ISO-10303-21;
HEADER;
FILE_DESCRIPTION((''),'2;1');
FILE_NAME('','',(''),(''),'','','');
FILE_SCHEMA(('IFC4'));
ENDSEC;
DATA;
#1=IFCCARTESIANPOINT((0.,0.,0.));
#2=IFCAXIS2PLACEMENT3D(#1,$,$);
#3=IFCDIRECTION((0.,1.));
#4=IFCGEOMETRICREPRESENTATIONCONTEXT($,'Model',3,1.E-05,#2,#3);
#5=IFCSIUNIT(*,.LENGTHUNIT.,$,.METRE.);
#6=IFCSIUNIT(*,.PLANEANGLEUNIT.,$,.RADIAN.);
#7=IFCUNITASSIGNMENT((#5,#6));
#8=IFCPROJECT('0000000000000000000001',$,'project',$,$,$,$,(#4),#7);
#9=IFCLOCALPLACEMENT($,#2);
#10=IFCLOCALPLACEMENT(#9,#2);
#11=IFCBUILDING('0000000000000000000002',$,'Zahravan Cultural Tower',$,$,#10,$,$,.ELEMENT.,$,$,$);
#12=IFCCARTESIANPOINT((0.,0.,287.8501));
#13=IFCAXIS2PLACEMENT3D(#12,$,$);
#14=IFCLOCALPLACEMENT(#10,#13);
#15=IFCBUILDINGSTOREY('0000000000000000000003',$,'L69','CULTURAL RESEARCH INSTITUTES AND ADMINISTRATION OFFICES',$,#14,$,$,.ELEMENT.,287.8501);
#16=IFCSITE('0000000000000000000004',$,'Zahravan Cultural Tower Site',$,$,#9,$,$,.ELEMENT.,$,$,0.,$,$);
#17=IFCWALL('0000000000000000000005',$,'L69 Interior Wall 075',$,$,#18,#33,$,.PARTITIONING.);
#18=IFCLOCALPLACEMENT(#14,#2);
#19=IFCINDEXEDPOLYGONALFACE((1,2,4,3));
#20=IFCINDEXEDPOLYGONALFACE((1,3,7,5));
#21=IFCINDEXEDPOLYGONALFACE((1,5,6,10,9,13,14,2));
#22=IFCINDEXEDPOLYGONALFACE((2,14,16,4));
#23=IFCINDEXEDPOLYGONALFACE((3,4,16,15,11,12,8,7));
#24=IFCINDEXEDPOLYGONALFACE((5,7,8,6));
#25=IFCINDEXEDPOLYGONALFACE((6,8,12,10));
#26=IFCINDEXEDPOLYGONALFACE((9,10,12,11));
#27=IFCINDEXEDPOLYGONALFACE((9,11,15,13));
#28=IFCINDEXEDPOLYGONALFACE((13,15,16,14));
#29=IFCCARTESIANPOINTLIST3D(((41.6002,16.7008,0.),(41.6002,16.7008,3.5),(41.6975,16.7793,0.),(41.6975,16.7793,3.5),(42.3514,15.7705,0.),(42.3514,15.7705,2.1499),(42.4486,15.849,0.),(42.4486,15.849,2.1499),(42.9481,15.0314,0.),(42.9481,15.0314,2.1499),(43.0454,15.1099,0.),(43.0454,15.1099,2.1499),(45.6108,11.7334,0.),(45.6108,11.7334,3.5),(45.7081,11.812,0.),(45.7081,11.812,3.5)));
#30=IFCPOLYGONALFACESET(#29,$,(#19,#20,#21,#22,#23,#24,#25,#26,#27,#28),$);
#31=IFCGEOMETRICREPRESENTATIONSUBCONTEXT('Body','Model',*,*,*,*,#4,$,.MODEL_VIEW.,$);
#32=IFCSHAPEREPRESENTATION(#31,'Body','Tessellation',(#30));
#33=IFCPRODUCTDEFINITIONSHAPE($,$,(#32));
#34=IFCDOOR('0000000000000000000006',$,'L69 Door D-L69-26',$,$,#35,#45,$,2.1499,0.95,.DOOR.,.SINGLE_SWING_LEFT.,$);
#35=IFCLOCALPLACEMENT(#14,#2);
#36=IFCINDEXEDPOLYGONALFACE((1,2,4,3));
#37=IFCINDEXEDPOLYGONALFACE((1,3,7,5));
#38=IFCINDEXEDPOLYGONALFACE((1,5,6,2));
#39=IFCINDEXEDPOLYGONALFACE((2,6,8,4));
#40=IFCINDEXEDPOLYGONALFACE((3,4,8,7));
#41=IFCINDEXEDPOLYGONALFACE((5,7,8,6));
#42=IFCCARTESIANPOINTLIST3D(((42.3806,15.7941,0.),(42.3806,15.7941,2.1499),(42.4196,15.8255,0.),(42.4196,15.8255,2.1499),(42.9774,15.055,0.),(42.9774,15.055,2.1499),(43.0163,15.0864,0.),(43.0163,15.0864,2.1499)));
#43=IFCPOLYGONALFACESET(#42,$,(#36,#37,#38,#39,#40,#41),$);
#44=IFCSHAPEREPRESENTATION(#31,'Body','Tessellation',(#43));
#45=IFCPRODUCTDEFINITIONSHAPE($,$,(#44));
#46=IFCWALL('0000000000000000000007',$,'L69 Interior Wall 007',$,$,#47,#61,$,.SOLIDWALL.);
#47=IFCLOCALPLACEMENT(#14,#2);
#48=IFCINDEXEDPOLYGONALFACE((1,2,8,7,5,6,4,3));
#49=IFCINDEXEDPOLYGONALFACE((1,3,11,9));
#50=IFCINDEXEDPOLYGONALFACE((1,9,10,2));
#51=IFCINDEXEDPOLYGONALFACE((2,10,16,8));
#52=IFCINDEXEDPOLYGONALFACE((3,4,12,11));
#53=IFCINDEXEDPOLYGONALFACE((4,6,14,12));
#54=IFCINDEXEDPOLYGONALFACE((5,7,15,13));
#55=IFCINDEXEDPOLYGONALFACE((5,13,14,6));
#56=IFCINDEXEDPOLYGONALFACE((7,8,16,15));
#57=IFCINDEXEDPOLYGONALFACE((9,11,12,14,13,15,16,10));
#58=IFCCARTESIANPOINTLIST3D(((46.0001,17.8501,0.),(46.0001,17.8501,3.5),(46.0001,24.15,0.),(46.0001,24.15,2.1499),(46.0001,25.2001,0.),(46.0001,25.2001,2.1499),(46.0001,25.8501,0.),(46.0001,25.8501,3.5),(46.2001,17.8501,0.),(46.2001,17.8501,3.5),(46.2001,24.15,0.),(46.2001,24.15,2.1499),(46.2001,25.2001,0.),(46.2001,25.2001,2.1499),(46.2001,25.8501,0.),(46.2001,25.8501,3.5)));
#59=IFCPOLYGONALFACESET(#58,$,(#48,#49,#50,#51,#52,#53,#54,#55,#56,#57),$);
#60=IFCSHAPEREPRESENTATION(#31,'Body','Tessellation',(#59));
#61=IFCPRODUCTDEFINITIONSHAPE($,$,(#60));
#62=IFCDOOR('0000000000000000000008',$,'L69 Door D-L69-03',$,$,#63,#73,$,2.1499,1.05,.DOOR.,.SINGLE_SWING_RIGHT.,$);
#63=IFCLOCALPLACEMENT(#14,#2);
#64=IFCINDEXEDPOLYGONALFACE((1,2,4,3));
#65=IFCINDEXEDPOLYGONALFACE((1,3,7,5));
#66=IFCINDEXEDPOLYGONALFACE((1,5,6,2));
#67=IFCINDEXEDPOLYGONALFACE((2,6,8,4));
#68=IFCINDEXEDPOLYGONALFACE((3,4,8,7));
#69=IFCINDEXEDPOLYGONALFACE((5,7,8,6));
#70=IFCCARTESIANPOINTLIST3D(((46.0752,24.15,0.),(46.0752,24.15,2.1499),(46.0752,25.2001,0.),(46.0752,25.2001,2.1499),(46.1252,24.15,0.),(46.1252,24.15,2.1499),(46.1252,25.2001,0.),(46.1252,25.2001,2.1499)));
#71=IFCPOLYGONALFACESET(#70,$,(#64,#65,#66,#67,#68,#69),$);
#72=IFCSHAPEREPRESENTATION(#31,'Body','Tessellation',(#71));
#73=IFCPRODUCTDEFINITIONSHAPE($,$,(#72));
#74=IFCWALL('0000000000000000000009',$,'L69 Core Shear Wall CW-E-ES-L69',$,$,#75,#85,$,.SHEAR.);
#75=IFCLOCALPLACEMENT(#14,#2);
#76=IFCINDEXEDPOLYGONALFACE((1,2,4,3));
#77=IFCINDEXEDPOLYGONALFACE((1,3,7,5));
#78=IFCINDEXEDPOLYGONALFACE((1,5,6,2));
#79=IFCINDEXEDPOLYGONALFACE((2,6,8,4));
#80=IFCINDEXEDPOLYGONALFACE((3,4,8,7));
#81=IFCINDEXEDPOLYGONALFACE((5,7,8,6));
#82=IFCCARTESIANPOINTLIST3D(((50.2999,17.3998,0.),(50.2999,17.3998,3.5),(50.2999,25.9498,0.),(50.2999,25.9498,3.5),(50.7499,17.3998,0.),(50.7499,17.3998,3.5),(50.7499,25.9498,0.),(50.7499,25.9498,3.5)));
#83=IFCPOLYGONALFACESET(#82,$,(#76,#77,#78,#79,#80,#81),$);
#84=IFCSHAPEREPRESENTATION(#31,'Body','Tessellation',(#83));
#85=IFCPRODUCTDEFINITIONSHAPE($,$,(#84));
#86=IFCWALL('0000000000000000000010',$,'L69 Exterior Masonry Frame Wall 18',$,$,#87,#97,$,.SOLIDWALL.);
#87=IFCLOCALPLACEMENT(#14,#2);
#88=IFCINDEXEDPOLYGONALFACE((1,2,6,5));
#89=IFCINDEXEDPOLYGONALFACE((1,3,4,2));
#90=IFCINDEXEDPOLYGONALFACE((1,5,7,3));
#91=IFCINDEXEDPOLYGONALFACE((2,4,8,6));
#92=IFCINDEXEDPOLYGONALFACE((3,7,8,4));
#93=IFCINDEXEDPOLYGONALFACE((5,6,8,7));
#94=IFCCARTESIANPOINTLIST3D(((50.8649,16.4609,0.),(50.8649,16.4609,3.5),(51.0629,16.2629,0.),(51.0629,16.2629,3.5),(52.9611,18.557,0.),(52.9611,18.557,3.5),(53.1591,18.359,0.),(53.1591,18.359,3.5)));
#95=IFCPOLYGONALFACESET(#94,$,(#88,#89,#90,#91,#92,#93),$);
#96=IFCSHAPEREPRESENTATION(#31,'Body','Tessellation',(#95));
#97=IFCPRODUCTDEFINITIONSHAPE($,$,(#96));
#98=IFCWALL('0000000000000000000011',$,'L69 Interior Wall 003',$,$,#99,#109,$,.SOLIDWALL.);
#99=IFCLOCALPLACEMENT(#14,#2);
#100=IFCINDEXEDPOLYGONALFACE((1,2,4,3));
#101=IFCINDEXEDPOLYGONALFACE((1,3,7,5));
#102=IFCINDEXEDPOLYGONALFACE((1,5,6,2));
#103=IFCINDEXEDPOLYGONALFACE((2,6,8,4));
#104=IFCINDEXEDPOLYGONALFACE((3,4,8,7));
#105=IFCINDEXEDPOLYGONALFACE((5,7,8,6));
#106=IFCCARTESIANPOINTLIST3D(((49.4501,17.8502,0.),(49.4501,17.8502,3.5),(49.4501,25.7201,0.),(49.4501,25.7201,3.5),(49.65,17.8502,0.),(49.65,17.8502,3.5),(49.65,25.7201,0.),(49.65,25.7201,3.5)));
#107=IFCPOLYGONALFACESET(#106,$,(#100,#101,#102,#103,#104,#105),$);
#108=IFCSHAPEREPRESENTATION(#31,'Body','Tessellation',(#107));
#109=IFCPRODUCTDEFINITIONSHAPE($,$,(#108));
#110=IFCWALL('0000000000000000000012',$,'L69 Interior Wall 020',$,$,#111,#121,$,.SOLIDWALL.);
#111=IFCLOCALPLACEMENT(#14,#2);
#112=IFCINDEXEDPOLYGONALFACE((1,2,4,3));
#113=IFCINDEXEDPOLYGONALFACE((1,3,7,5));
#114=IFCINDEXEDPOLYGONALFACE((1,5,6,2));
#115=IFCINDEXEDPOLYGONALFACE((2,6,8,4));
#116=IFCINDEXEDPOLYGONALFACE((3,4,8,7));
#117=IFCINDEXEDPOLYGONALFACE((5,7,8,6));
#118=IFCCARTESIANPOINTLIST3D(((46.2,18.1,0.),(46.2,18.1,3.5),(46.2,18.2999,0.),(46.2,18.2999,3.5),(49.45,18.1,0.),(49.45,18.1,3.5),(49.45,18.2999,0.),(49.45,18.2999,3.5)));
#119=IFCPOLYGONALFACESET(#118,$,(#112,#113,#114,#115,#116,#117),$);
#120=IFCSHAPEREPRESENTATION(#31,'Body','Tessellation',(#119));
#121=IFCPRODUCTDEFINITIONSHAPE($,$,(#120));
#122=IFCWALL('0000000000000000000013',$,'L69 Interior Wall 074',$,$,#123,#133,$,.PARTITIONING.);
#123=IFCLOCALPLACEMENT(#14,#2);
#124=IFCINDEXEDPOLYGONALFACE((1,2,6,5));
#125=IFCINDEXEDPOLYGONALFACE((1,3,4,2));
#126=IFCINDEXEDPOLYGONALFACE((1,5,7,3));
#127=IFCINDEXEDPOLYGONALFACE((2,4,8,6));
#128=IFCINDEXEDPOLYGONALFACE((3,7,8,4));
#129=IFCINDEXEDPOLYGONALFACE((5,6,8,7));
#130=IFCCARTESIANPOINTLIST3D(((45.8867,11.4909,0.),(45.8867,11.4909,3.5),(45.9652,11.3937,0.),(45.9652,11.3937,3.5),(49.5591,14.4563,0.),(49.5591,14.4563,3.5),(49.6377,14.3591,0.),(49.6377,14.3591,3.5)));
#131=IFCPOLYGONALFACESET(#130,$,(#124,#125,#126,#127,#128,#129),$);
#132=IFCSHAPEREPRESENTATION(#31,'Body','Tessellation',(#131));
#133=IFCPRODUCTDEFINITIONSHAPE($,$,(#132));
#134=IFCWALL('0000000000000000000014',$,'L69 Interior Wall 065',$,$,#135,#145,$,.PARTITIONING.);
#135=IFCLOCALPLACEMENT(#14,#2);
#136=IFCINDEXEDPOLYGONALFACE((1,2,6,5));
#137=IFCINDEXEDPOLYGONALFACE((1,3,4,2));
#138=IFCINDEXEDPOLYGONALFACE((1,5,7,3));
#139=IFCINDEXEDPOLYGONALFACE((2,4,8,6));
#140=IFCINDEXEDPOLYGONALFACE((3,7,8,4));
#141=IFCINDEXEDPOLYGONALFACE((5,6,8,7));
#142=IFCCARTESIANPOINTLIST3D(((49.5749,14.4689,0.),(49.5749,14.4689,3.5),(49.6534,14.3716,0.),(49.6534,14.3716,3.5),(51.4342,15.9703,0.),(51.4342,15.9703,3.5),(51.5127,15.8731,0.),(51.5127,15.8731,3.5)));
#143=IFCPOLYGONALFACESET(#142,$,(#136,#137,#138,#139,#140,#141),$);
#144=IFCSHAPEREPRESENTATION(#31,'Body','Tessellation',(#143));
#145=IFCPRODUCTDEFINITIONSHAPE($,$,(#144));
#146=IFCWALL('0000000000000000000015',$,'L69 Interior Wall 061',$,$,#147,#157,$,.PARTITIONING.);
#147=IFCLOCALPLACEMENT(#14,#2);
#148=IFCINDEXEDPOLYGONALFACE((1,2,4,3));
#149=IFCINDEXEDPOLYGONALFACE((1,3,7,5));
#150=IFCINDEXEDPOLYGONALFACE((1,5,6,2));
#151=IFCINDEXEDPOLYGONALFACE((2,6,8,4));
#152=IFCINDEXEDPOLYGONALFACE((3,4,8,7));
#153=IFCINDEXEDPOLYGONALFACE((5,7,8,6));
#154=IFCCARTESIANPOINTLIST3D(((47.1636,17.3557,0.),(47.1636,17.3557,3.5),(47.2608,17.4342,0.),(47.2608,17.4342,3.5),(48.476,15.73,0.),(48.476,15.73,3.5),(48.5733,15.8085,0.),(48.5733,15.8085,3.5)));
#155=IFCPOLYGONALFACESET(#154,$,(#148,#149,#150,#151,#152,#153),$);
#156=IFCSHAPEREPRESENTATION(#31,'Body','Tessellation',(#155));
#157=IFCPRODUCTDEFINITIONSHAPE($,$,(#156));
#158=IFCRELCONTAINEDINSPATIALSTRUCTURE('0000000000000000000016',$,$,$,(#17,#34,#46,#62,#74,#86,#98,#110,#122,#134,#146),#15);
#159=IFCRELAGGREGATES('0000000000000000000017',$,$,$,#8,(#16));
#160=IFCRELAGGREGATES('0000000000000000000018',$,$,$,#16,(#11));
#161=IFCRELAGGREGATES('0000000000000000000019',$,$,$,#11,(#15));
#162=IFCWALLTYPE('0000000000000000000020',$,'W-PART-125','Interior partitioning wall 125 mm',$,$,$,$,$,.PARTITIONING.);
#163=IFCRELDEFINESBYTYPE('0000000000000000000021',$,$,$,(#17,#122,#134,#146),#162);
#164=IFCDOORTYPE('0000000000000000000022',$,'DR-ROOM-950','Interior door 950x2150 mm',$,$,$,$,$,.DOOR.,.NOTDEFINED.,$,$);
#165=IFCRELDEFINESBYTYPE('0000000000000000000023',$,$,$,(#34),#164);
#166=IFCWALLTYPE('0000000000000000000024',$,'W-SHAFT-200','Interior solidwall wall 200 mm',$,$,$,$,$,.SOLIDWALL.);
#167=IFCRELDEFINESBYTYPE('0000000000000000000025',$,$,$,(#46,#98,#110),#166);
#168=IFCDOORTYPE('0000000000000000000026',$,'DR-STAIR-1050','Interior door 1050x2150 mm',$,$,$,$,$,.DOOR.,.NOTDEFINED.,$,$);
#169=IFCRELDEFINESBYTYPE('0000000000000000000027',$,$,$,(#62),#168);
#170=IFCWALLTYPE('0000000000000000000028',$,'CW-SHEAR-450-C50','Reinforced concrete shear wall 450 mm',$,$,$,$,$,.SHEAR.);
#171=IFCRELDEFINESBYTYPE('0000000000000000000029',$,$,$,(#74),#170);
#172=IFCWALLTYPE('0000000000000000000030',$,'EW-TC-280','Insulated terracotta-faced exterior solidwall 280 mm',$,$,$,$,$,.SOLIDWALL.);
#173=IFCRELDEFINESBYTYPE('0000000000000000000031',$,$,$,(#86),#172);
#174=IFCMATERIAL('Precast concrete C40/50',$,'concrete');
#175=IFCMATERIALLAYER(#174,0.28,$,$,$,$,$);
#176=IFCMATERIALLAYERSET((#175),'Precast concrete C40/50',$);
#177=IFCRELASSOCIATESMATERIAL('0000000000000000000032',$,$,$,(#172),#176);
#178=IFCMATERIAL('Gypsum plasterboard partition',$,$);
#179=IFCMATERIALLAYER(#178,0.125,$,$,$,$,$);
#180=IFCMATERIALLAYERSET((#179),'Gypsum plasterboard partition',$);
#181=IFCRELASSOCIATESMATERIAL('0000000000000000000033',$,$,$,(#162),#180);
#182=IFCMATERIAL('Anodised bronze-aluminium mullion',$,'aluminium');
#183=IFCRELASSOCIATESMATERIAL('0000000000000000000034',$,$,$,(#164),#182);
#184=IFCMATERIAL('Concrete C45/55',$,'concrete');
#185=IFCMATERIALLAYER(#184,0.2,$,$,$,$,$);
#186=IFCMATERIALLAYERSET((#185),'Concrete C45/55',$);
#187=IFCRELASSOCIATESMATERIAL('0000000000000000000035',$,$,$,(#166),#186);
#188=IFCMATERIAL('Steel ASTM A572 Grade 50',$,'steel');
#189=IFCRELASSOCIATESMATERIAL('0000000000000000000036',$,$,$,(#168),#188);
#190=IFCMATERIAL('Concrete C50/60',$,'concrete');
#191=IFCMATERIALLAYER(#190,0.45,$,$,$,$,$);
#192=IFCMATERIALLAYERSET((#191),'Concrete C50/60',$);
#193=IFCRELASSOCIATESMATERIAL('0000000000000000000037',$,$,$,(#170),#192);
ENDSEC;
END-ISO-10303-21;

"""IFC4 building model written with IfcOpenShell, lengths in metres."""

from ifc_helpers import new_model, si_unit, direction, frame, frame_2d, origin, place, context, subcontext, project, spatial, rectangle, extrude, source, transform, mapped, material, layer, layer_set, type_object, element, fill, save


model = new_model("IFC4")

# Units and contexts
model_context = context("Model", 3, precision=1e-05, world=origin(), true_north=direction((0.0, 1.0)))
body_context = subcontext(model_context, "Body", "Model", "MODEL_VIEW")
ifc_project = project(units=[si_unit("LENGTHUNIT", "METRE"), si_unit("PLANEANGLEUNIT", "RADIAN")], contexts=[model_context])

# Site, building, storey
site_placement = place(None, origin())
site = spatial("IfcSite", under=ifc_project, at=site_placement, Name="Zahravan Cultural Tower Site", CompositionType="ELEMENT", RefElevation=0.0)
building_placement = place(site_placement, origin())
building = spatial("IfcBuilding", under=site, at=building_placement, Name="Zahravan Cultural Tower", CompositionType="ELEMENT")
storey_placement = place(building_placement, frame((0.0, 0.0, 287.8501)))
storey = spatial("IfcBuildingStorey", under=building, at=storey_placement, Name="L69", Description="CULTURAL RESEARCH INSTITUTES AND ADMINISTRATION OFFICES", CompositionType="ELEMENT", Elevation=287.8501)

# Shared definitions
ifc_material_1 = material(Name="Concrete C50/60", Category="concrete")

# Shared definitions
ifc_material_2 = material(Name="Precast concrete C40/50", Category="concrete")
ifc_layer_1 = layer(ifc_material_2, 0.28)
ifc_layer_set_1 = layer_set([ifc_layer_1], Name="Precast concrete C40/50")
wall_type_1 = type_object("IfcWallType", Name="EW-TC-280", Description="Insulated terracotta-faced exterior solidwall 280 mm", PredefinedType="SOLIDWALL", material=ifc_layer_set_1)

# Walls, openings, doors
ifc_material_3 = material(Name="Gypsum plasterboard partition")
ifc_layer_2 = layer(ifc_material_3, 0.125)
ifc_layer_set_2 = layer_set([ifc_layer_2], Name="Gypsum plasterboard partition")
wall_type_2 = type_object("IfcWallType", Name="W-PART-125", Description="Interior partitioning wall 125 mm", PredefinedType="PARTITIONING", material=ifc_layer_set_2)
wall_1_placement = place(storey_placement, frame((45.6594, 11.7727, 0.0), z_axis=(0.0, 0.0, 1.0), x_axis=(-0.628191, 0.778059, 0.0)))
wall_1 = element("IfcWall", 1, at=wall_1_placement, inside=storey, type_object=wall_type_2, Name="L69 Interior Wall 075", PredefinedType="PARTITIONING", context=body_context, shape_type="SweptSolid", body=[
    extrude(rectangle(XDim=6.3843, YDim=0.125, at=frame_2d((3.1921, 0.0))), origin(), (0.0, 0.0, 1.0), 3.5),
])
opening_1_placement = place(wall_1_placement, frame((4.2385, 0.0, 0.0)))
opening_1 = element("IfcOpeningElement", 2, at=opening_1_placement, cuts=wall_1, PredefinedType="OPENING", context=body_context, shape_type="SweptSolid", body=[
    extrude(rectangle(XDim=0.95, YDim=2.1499, at=frame_2d((0.4751, 1.075))), frame((0.0, 0.0725, 0.0), z_axis=(0.0, -1.0, 0.0), x_axis=(1.0, 0.0, 0.0)), (0.0, 0.0, 1.0), 0.145),
])
ifc_material_4 = material(Name="Anodised bronze-aluminium mullion", Category="aluminium")
door_type_1 = type_object("IfcDoorType", Name="DR-ROOM-950", Description="Interior door 950x2150 mm", OperationType="NOTDEFINED", PredefinedType="DOOR", material=ifc_material_4)
shared_shape_1 = source(origin(), body_context, "Body", "SweptSolid", [
    extrude(rectangle(XDim=0.95, YDim=2.1499, at=frame_2d((0.4751, 1.075))), frame((0.0, 0.0249, 0.0), z_axis=(0.0, -1.0, 0.0), x_axis=(1.0, 0.0, 0.0)), (0.0, 0.0, 1.0), 0.05),
])
door_1_placement = place(opening_1_placement, origin())
door_1 = element("IfcDoor", 3, at=door_1_placement, inside=storey, type_object=door_type_1, Name="L69 Door D-L69-26", OperationType="SINGLE_SWING_LEFT", OverallHeight=2.1499, OverallWidth=0.95, PredefinedType="DOOR", context=body_context, shape_type="MappedRepresentation", body=[
    mapped(shared_shape_1, transform((0.0, 0.0, 0.0), x_axis=(1.0, 0.0, 0.0), y_axis=(0.0, 1.0, 0.0), z_axis=(0.0, 0.0, 1.0), scale=1.0)),
])
fill(opening_1, door_1)
ifc_material_5 = material(Name="Concrete C45/55", Category="concrete")
ifc_layer_3 = layer(ifc_material_5, 0.2)
ifc_layer_set_3 = layer_set([ifc_layer_3], Name="Concrete C45/55")
wall_type_3 = type_object("IfcWallType", Name="W-SHAFT-200", Description="Interior solidwall wall 200 mm", PredefinedType="SOLIDWALL", material=ifc_layer_set_3)
wall_2_placement = place(storey_placement, frame((46.1001, 17.8501, 0.0), z_axis=(0.0, 0.0, 1.0), x_axis=(0.0, 1.0, 0.0)))
wall_2 = element("IfcWall", 4, at=wall_2_placement, inside=storey, type_object=wall_type_3, Name="L69 Interior Wall 007", PredefinedType="SOLIDWALL", context=body_context, shape_type="SweptSolid", body=[
    extrude(rectangle(XDim=8.0, YDim=0.2, at=frame_2d((4.0, 0.0))), origin(), (0.0, 0.0, 1.0), 3.5),
])
opening_2_placement = place(wall_2_placement, frame((6.3, 0.0, 0.0)))
opening_2 = element("IfcOpeningElement", 5, at=opening_2_placement, cuts=wall_2, PredefinedType="OPENING", context=body_context, shape_type="SweptSolid", body=[
    extrude(rectangle(XDim=1.05, YDim=2.1499, at=frame_2d((0.5249, 1.075))), frame((0.0, 0.1099, 0.0), z_axis=(0.0, -1.0, 0.0), x_axis=(1.0, 0.0, 0.0)), (0.0, 0.0, 1.0), 0.22),
])
ifc_material_6 = material(Name="Steel ASTM A572 Grade 50", Category="steel")
door_type_2 = type_object("IfcDoorType", Name="DR-STAIR-1050", Description="Interior door 1050x2150 mm", OperationType="NOTDEFINED", PredefinedType="DOOR", material=ifc_material_6)
shared_shape_2 = source(origin(), body_context, "Body", "SweptSolid", [
    extrude(rectangle(XDim=1.05, YDim=2.1499, at=frame_2d((0.5249, 1.075))), frame((0.0, 0.0249, 0.0), z_axis=(0.0, -1.0, 0.0), x_axis=(1.0, 0.0, 0.0)), (0.0, 0.0, 1.0), 0.05),
])
door_2_placement = place(opening_2_placement, origin())
door_2 = element("IfcDoor", 6, at=door_2_placement, inside=storey, type_object=door_type_2, Name="L69 Door D-L69-03", OperationType="SINGLE_SWING_RIGHT", OverallHeight=2.1499, OverallWidth=1.05, PredefinedType="DOOR", context=body_context, shape_type="MappedRepresentation", body=[
    mapped(shared_shape_2, transform((0.0, 0.0, 0.0), x_axis=(1.0, 0.0, 0.0), y_axis=(0.0, 1.0, 0.0), z_axis=(0.0, 0.0, 1.0), scale=1.0)),
])
fill(opening_2, door_2)

# Walls
ifc_layer_4 = layer(ifc_material_1, 0.45)
ifc_layer_set_4 = layer_set([ifc_layer_4], Name="Concrete C50/60")
wall_type_4 = type_object("IfcWallType", Name="CW-SHEAR-450-C50", Description="Reinforced concrete shear wall 450 mm", PredefinedType="SHEAR", material=ifc_layer_set_4)
shared_shape_3 = source(origin(), body_context, "Body", "SweptSolid", [
    extrude(rectangle(XDim=8.55, YDim=0.45, at=frame_2d((4.2749, 0.0))), origin(), (0.0, 0.0, 1.0), 3.5),
])
wall_3_placement = place(storey_placement, frame((50.5249, 17.3999, 0.0), z_axis=(0.0, 0.0, 1.0), x_axis=(0.0, 1.0, 0.0)))
element("IfcWall", 7, at=wall_3_placement, inside=storey, type_object=wall_type_4, Name="L69 Core Shear Wall CW-E-ES-L69", PredefinedType="SHEAR", context=body_context, shape_type="MappedRepresentation", body=[
    mapped(shared_shape_3, transform((0.0, 0.0, 0.0), x_axis=(1.0, 0.0, 0.0), y_axis=(0.0, 1.0, 0.0), z_axis=(0.0, 0.0, 1.0), scale=1.0)),
])
shared_shape_4 = source(origin(), body_context, "Body", "SweptSolid", [
    extrude(rectangle(XDim=2.9644, YDim=0.28, at=frame_2d((1.4822, 0.0))), origin(), (0.0, 0.0, 1.0), 3.5),
])
wall_4_placement = place(storey_placement, frame((53.0601, 18.458, 0.0), z_axis=(0.0, 0.0, 1.0), x_axis=(-0.707107, -0.707107, 0.0)))
element("IfcWall", 8, at=wall_4_placement, inside=storey, type_object=wall_type_1, Name="L69 Exterior Masonry Frame Wall 18", PredefinedType="SOLIDWALL", context=body_context, shape_type="MappedRepresentation", body=[
    mapped(shared_shape_4, transform((0.0, 0.0, 0.0), x_axis=(1.0, 0.0, 0.0), y_axis=(0.0, 1.0, 0.0), z_axis=(0.0, 0.0, 1.0), scale=1.0)),
])
shared_shape_5 = source(origin(), body_context, "Body", "SweptSolid", [
    extrude(rectangle(XDim=7.8699, YDim=0.2, at=frame_2d((3.9351, 0.0))), origin(), (0.0, 0.0, 1.0), 3.5),
])
wall_5_placement = place(storey_placement, frame((49.55, 17.8501, 0.0), z_axis=(0.0, 0.0, 1.0), x_axis=(0.0, 1.0, 0.0)))
element("IfcWall", 9, at=wall_5_placement, inside=storey, type_object=wall_type_3, Name="L69 Interior Wall 003", PredefinedType="SOLIDWALL", context=body_context, shape_type="MappedRepresentation", body=[
    mapped(shared_shape_5, transform((0.0, 0.0, 0.0), x_axis=(1.0, 0.0, 0.0), y_axis=(0.0, 1.0, 0.0), z_axis=(0.0, 0.0, 1.0), scale=1.0)),
])
shared_shape_6 = source(origin(), body_context, "Body", "SweptSolid", [
    extrude(rectangle(XDim=3.25, YDim=0.2, at=frame_2d((1.625, 0.0))), origin(), (0.0, 0.0, 1.0), 3.5),
])
wall_6_placement = place(storey_placement, frame((46.2, 18.2, 0.0), z_axis=(0.0, 0.0, 1.0), x_axis=(1.0, 0.0, 0.0)))
element("IfcWall", 10, at=wall_6_placement, inside=storey, type_object=wall_type_3, Name="L69 Interior Wall 020", PredefinedType="SOLIDWALL", context=body_context, shape_type="MappedRepresentation", body=[
    mapped(shared_shape_6, transform((0.0, 0.0, 0.0), x_axis=(1.0, 0.0, 0.0), y_axis=(0.0, 1.0, 0.0), z_axis=(0.0, 0.0, 1.0), scale=1.0)),
])
shared_shape_7 = source(origin(), body_context, "Body", "SweptSolid", [
    extrude(rectangle(XDim=4.7202, YDim=0.125, at=frame_2d((2.3601, 0.0))), origin(), (0.0, 0.0, 1.0), 3.5),
])
wall_7_placement = place(storey_placement, frame((49.5984, 14.4077, 0.0), z_axis=(0.0, 0.0, 1.0), x_axis=(-0.778025, -0.628234, 0.0)))
element("IfcWall", 11, at=wall_7_placement, inside=storey, type_object=wall_type_2, Name="L69 Interior Wall 074", PredefinedType="PARTITIONING", context=body_context, shape_type="MappedRepresentation", body=[
    mapped(shared_shape_7, transform((0.0, 0.0, 0.0), x_axis=(1.0, 0.0, 0.0), y_axis=(0.0, 1.0, 0.0), z_axis=(0.0, 0.0, 1.0), scale=1.0)),
])
shared_shape_8 = source(origin(), body_context, "Body", "SweptSolid", [
    extrude(rectangle(XDim=2.3899, YDim=0.125, at=frame_2d((1.1948, 0.0))), origin(), (0.0, 0.0, 1.0), 3.5),
])
wall_8_placement = place(storey_placement, frame((51.4734, 15.9216, 0.0), z_axis=(0.0, 0.0, 1.0), x_axis=(-0.77801, -0.628252, 0.0)))
element("IfcWall", 12, at=wall_8_placement, inside=storey, type_object=wall_type_2, Name="L69 Interior Wall 065", PredefinedType="PARTITIONING", context=body_context, shape_type="MappedRepresentation", body=[
    mapped(shared_shape_8, transform((0.0, 0.0, 0.0), x_axis=(1.0, 0.0, 0.0), y_axis=(0.0, 1.0, 0.0), z_axis=(0.0, 0.0, 1.0), scale=1.0)),
])
shared_shape_9 = source(origin(), body_context, "Body", "SweptSolid", [
    extrude(rectangle(XDim=2.0894, YDim=0.125, at=frame_2d((1.0447, 0.0))), origin(), (0.0, 0.0, 1.0), 3.5),
])
wall_9_placement = place(storey_placement, frame((48.5247, 15.7693, 0.0), z_axis=(0.0, 0.0, 1.0), x_axis=(-0.628166, 0.77808, 0.0)))
element("IfcWall", 13, at=wall_9_placement, inside=storey, type_object=wall_type_2, Name="L69 Interior Wall 061", PredefinedType="PARTITIONING", context=body_context, shape_type="MappedRepresentation", body=[
    mapped(shared_shape_9, transform((0.0, 0.0, 0.0), x_axis=(1.0, 0.0, 0.0), y_axis=(0.0, 1.0, 0.0), z_axis=(0.0, 0.0, 1.0), scale=1.0)),
])

save(model, "model.ifc")
